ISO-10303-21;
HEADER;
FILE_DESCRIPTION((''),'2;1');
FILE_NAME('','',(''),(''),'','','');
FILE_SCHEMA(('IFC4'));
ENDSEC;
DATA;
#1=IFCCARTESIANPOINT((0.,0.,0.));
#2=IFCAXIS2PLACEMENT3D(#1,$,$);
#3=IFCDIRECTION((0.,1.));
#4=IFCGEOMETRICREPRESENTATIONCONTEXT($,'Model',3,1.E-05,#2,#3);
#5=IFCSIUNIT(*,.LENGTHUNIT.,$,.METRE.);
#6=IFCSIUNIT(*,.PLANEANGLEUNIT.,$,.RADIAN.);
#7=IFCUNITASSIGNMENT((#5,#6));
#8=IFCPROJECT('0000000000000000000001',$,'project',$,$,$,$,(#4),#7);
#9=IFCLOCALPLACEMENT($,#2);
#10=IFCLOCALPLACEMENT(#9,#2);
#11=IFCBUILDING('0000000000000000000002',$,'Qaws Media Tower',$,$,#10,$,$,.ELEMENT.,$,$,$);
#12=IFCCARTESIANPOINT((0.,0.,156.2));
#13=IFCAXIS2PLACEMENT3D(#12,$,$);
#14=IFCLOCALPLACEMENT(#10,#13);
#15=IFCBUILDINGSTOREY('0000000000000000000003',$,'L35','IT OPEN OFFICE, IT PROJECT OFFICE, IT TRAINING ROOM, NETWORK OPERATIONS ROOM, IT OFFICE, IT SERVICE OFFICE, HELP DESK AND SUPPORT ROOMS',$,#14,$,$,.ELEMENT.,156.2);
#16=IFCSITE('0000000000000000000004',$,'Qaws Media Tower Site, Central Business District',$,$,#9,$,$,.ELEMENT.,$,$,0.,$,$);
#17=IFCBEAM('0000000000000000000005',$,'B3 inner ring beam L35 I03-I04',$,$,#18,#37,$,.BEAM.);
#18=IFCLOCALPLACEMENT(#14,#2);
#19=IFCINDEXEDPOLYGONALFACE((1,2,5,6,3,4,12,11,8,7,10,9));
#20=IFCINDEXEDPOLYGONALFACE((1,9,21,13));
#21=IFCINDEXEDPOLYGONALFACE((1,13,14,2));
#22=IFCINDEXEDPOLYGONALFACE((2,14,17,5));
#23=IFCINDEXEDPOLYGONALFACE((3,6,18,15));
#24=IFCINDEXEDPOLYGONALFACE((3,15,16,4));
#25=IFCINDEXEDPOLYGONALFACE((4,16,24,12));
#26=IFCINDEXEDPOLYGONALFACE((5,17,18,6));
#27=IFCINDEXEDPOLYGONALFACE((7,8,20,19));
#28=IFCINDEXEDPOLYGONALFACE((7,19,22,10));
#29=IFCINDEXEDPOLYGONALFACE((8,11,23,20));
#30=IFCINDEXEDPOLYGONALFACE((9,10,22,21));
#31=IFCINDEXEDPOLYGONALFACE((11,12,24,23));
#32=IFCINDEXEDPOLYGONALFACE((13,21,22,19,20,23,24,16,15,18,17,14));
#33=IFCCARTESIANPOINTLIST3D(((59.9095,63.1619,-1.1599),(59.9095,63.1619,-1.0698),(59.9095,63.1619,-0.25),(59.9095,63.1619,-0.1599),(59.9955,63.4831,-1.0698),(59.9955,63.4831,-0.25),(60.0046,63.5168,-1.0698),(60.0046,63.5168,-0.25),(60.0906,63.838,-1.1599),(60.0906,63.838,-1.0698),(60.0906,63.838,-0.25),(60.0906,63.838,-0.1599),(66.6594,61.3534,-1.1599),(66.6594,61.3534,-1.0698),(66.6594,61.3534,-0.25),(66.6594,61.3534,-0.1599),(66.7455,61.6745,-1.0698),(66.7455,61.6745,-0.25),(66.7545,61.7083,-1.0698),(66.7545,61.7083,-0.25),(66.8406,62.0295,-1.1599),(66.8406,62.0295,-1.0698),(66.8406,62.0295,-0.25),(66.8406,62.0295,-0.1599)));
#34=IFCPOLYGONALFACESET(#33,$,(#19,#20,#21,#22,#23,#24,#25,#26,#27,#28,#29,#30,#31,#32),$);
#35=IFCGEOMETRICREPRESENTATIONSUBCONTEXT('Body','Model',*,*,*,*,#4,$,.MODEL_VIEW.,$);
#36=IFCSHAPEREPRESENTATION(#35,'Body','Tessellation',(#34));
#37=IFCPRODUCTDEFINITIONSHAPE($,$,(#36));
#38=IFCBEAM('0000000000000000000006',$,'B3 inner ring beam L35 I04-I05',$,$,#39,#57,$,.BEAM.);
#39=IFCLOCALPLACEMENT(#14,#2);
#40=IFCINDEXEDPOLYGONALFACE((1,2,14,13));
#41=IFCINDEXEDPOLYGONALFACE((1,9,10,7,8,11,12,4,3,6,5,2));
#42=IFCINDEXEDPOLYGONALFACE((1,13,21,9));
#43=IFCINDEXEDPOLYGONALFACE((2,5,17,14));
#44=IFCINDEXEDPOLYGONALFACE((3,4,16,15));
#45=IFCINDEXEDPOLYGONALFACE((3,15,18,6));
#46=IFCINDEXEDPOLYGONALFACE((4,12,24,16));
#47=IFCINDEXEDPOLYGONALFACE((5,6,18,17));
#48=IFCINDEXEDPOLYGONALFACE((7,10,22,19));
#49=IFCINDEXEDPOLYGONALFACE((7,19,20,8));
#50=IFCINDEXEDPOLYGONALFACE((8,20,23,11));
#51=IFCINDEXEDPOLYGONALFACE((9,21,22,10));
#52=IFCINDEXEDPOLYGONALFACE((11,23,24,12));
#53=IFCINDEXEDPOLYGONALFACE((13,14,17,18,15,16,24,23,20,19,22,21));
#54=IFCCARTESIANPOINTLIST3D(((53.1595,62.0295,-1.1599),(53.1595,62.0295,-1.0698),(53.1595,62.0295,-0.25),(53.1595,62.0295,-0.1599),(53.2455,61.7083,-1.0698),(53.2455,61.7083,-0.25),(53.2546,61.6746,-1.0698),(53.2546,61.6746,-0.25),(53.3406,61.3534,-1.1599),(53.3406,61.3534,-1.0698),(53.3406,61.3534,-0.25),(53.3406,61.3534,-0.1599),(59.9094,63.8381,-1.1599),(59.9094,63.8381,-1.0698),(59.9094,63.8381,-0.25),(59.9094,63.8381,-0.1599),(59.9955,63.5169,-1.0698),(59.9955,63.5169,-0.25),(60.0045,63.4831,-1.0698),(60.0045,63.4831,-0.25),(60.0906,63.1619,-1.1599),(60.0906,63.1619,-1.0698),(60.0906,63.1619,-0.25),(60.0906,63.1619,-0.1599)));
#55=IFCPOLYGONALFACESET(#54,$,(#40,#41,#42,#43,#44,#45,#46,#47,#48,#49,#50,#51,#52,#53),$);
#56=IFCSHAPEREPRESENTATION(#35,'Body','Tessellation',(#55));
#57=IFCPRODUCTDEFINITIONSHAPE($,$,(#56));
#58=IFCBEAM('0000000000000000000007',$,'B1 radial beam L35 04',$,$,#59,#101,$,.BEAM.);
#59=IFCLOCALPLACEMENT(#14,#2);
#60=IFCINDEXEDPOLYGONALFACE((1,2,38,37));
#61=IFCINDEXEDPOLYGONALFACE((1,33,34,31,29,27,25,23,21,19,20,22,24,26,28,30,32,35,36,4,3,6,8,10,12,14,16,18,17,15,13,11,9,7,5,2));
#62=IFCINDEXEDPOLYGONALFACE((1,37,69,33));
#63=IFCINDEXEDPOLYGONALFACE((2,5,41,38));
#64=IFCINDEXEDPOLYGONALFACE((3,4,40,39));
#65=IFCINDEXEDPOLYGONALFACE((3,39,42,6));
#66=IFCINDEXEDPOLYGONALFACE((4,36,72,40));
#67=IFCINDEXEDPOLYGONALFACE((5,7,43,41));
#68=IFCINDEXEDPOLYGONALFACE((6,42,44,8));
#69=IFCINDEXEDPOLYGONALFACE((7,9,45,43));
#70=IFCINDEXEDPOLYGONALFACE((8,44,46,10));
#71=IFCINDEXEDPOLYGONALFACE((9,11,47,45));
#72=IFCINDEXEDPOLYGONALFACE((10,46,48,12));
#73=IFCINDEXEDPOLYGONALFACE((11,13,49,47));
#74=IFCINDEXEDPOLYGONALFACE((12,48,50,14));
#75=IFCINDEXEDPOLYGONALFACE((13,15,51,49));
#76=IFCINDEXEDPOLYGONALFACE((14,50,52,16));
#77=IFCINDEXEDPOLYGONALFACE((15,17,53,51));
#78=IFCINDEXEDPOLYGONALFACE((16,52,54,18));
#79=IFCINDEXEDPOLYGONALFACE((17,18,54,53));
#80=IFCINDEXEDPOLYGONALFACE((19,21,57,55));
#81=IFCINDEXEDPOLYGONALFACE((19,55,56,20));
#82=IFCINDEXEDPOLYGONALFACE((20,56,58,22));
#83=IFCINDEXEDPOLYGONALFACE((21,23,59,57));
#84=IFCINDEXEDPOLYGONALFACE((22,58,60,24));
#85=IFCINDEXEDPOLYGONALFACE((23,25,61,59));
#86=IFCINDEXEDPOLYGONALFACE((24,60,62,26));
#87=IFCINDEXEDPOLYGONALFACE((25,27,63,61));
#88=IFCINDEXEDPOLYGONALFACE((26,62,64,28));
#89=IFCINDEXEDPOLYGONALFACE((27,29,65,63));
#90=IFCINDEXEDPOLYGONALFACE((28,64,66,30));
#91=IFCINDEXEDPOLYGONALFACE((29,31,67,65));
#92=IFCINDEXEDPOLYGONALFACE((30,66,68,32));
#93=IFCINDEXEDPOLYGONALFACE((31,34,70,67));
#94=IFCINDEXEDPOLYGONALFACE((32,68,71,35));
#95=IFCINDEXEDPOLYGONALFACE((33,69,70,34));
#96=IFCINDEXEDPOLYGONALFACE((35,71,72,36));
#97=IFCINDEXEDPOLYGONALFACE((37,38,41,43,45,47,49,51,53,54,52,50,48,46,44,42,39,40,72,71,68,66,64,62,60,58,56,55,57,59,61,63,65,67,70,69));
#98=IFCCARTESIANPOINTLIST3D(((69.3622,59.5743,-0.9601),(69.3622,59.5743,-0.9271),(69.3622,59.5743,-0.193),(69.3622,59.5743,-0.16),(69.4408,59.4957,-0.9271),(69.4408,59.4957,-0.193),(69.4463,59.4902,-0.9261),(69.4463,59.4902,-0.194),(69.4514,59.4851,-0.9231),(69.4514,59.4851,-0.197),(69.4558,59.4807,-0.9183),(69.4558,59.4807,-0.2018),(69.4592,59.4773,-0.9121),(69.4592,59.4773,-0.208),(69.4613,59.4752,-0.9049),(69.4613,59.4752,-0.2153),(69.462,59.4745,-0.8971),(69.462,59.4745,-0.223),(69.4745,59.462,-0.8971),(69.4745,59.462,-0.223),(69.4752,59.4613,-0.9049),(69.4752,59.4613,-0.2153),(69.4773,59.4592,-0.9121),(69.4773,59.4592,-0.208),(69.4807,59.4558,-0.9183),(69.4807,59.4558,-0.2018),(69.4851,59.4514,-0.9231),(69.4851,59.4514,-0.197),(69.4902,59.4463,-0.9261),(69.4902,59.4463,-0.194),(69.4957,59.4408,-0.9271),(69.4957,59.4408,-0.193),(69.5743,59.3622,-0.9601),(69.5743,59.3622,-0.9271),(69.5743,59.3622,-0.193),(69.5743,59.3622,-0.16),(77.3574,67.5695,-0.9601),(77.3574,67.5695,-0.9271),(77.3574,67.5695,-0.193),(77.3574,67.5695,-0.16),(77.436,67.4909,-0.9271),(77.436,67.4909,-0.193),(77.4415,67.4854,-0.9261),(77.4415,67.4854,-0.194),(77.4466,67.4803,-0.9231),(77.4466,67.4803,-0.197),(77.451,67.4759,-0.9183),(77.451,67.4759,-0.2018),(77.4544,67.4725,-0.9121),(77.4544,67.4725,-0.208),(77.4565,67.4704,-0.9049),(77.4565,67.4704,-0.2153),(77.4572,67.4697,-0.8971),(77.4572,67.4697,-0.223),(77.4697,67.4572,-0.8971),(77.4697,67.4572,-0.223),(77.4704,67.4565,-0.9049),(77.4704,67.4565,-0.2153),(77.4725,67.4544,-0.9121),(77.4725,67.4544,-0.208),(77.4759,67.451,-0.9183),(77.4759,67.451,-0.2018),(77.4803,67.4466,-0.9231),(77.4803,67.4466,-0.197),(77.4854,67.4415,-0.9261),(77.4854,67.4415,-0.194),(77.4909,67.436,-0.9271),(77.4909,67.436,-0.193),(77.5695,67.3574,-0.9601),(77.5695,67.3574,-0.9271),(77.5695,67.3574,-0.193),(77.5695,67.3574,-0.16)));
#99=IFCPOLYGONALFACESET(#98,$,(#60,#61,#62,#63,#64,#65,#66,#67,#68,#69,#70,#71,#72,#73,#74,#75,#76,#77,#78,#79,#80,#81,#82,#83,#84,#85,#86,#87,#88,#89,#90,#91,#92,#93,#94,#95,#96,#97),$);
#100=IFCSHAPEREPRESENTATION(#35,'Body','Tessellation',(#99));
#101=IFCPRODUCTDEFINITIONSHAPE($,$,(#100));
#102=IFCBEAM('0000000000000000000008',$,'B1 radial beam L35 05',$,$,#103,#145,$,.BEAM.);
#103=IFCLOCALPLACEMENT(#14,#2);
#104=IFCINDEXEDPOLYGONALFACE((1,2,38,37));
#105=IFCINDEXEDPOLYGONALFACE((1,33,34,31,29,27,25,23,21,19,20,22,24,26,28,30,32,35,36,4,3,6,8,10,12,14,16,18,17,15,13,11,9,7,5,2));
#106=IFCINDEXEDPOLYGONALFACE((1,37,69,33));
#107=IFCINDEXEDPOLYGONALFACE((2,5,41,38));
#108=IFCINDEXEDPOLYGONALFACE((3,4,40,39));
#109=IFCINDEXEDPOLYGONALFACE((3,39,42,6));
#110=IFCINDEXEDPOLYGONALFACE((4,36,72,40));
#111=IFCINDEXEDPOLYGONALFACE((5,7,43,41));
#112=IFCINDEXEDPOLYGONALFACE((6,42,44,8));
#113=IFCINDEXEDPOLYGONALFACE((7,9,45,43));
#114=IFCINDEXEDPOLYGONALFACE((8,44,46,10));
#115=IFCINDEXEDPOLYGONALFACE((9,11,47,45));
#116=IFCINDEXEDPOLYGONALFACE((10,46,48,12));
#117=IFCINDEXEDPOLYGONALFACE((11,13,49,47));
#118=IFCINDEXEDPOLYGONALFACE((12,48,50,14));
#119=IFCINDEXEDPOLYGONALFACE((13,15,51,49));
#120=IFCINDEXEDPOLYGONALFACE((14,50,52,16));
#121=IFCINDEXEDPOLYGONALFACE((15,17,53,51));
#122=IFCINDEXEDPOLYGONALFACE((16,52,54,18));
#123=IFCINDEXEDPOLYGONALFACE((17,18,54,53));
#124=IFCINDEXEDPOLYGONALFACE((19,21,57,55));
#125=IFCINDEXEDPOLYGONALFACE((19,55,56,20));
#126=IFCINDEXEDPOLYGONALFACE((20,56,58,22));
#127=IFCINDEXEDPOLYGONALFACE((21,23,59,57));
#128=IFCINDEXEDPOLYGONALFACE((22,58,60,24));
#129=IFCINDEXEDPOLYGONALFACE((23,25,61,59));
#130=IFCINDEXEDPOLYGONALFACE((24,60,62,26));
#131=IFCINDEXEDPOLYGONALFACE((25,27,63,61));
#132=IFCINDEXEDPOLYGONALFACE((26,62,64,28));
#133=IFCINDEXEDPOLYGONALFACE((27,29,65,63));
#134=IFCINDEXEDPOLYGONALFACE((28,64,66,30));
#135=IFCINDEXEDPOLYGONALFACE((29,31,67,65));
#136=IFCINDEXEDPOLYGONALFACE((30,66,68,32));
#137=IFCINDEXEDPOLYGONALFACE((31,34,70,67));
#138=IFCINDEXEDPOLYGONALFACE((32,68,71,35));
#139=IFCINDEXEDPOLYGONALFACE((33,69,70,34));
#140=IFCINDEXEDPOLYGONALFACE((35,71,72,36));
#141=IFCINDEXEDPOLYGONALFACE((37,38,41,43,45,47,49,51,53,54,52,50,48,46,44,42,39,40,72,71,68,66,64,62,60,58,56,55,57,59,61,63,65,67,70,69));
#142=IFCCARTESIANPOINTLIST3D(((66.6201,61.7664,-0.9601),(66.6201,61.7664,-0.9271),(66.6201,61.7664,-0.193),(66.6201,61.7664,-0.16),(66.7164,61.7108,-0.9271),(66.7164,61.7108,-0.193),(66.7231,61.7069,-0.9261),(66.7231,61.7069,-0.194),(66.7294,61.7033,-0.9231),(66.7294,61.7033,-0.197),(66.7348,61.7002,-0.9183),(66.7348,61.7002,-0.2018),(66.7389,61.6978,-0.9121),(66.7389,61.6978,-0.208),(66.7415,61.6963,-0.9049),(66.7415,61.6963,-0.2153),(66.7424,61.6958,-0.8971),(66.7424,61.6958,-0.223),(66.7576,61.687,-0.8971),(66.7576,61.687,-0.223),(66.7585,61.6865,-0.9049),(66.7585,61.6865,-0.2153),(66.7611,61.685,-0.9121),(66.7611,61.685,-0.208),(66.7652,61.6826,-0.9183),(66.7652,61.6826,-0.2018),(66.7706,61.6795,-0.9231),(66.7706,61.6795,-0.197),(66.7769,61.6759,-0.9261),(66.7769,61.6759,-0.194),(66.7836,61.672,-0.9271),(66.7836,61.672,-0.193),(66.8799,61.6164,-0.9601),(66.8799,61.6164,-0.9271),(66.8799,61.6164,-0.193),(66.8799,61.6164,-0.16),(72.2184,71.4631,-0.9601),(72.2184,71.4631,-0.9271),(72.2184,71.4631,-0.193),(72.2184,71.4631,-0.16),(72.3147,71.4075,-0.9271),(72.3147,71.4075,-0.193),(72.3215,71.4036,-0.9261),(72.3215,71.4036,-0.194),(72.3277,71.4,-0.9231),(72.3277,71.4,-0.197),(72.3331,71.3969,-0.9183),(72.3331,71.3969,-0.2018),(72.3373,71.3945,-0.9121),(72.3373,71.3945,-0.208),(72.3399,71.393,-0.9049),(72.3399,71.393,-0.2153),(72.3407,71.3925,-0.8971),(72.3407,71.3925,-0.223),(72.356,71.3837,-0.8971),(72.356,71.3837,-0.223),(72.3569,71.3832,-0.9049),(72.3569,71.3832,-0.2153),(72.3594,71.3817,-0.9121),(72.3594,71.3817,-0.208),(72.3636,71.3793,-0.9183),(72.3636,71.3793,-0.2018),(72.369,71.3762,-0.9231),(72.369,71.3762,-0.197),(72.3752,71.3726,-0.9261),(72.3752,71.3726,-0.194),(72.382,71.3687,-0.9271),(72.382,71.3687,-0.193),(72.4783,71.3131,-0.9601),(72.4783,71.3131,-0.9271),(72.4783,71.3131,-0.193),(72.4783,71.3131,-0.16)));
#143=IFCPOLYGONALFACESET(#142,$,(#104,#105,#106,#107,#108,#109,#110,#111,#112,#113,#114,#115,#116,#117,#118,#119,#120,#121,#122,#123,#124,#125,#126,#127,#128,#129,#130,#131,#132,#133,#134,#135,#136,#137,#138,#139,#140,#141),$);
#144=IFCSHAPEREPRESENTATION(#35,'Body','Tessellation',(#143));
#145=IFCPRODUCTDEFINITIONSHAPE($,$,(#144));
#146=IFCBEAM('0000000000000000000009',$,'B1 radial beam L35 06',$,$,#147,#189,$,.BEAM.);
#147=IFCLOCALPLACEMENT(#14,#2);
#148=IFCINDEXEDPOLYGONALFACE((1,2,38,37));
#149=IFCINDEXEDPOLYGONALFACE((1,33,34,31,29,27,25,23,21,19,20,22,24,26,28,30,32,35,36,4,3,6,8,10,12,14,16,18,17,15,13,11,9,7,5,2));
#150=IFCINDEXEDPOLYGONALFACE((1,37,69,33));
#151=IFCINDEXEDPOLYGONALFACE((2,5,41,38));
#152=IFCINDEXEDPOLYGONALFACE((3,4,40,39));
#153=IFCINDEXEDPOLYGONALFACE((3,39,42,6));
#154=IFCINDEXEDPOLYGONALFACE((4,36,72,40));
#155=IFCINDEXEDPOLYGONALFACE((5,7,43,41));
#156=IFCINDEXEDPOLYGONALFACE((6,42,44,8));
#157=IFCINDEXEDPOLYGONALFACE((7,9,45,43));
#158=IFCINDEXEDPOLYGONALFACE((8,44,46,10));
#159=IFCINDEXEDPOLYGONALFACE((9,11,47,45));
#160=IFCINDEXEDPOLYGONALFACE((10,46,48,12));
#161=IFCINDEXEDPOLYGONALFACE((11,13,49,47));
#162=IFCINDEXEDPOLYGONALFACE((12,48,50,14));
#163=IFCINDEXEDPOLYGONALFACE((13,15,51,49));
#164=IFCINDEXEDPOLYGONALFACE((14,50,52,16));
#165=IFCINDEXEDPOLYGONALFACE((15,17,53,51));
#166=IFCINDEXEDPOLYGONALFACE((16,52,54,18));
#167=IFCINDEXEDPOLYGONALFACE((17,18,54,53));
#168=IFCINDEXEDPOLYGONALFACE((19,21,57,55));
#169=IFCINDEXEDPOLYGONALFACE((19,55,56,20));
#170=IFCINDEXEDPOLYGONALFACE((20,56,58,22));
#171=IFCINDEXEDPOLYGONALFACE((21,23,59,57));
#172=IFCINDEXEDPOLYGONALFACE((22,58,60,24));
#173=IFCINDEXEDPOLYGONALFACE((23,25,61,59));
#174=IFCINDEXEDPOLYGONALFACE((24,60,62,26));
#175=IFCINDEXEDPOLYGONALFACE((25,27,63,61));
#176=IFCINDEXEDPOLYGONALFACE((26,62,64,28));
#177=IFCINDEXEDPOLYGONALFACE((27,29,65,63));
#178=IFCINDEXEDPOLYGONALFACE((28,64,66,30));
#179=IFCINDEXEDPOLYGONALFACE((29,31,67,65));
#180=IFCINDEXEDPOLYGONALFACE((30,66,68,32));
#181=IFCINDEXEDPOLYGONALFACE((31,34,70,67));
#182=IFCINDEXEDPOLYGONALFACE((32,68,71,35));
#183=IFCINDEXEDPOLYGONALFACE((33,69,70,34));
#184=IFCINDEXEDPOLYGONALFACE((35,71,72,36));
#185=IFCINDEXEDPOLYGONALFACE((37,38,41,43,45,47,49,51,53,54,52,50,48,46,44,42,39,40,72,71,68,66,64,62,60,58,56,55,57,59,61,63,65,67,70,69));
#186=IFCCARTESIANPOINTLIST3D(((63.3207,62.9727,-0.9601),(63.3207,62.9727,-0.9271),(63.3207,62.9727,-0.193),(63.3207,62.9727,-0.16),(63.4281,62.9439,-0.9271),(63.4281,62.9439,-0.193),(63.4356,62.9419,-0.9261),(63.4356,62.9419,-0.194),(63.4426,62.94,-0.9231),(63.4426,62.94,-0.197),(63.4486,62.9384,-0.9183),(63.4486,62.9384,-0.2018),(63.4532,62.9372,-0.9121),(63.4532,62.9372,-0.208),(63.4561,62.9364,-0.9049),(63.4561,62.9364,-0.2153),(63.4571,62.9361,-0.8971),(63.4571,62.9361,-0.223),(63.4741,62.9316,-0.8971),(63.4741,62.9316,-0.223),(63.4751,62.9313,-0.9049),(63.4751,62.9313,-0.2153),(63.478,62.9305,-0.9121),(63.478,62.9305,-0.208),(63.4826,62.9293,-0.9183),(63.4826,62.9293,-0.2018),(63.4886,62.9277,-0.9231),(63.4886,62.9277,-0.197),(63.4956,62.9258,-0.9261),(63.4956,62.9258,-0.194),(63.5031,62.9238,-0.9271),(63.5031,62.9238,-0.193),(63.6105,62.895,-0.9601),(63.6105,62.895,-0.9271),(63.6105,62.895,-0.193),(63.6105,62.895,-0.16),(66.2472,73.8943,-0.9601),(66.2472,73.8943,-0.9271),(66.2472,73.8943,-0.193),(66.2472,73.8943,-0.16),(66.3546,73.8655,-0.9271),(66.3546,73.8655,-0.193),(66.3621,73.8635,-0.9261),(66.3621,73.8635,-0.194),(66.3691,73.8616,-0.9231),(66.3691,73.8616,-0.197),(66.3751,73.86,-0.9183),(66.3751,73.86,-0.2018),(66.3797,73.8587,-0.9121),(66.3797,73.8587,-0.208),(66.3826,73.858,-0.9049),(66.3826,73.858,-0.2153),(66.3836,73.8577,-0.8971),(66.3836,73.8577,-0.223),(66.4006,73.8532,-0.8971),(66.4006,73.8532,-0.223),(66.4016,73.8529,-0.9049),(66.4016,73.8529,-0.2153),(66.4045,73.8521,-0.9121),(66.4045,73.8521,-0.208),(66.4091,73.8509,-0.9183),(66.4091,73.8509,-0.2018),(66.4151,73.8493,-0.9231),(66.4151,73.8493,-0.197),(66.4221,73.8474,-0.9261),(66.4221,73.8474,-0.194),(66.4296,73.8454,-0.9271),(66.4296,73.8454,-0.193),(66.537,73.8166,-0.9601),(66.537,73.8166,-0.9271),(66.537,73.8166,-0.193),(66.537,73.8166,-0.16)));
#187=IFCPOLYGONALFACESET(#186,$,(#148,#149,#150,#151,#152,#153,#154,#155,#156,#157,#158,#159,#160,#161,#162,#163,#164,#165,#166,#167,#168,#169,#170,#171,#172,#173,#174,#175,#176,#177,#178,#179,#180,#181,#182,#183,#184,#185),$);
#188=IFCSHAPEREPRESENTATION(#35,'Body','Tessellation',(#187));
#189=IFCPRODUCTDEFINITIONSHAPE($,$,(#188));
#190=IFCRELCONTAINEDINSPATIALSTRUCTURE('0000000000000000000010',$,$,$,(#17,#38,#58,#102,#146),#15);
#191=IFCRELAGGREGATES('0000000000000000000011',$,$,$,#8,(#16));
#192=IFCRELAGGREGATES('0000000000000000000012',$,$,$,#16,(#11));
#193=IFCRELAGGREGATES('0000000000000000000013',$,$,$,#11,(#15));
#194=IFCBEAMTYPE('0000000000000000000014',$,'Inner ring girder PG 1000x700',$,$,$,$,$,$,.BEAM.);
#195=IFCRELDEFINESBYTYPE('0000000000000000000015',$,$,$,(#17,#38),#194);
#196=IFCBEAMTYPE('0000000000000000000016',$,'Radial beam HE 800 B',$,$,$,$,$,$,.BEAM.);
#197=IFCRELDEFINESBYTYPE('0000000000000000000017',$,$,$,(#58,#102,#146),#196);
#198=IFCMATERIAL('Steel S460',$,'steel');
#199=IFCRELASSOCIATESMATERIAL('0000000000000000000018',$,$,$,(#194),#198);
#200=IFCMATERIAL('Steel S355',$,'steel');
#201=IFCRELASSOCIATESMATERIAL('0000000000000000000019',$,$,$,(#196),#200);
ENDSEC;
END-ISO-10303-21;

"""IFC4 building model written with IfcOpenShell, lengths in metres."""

from ifc_helpers import new_model, si_unit, direction, frame, origin, origin_2d, place, context, subcontext, project, spatial, i_section, extrude, material, material_profile, profile_set, type_object, element, save


model = new_model("IFC4")

# Units and contexts
model_context = context("Model", 3, precision=1e-05, world=origin(), true_north=direction((0.0, 1.0)))
body_context = subcontext(model_context, "Body", "Model", "MODEL_VIEW")
ifc_project = project(units=[si_unit("LENGTHUNIT", "METRE"), si_unit("PLANEANGLEUNIT", "RADIAN")], contexts=[model_context])

# Site, building, storey
site_placement = place(None, origin())
site = spatial("IfcSite", under=ifc_project, at=site_placement, Name="Qaws Media Tower Site, Central Business District", CompositionType="ELEMENT", RefElevation=0.0)
building_placement = place(site_placement, origin())
building = spatial("IfcBuilding", under=site, at=building_placement, Name="Qaws Media Tower", CompositionType="ELEMENT")
storey_placement = place(building_placement, frame((0.0, 0.0, 156.2)))
storey = spatial("IfcBuildingStorey", under=building, at=storey_placement, Name="L35", Description="IT OPEN OFFICE, IT PROJECT OFFICE, IT TRAINING ROOM, NETWORK OPERATIONS ROOM, IT OFFICE, IT SERVICE OFFICE, HELP DESK AND SUPPORT ROOMS", CompositionType="ELEMENT", Elevation=156.2)

# Beams
ifc_material_1 = material(Name="Steel S460", Category="steel")
ifc_material_profile_1 = material_profile(ifc_material_1, i_section(OverallWidth=0.7, OverallDepth=1.0, WebThickness=0.0349, FlangeThickness=0.0901, at=origin_2d()), Name="PG 1000x700")
ifc_profile_set_1 = profile_set([ifc_material_profile_1], Name="Steel S460")
beam_type_1 = type_object("IfcBeamType", Name="Inner ring girder PG 1000x700", PredefinedType="BEAM", material=ifc_profile_set_1)
for number, where, z_axis, x_axis, name in (
    (1, (66.75, 61.6914, -0.6599), (-0.965928, 0.258811, 0.0), (-0.258811, -0.965928, 0.0), "B3 inner ring beam L35 I03-I04"),
    (2, (60.0, 63.5, -0.6599), (-0.965928, -0.258811, 0.0), (0.258811, -0.965928, 0.0), "B3 inner ring beam L35 I04-I05"),
):
    element("IfcBeam", number, at=place(storey_placement, frame(where, z_axis=z_axis, x_axis=x_axis)), inside=storey, type_object=beam_type_1, Name=name, PredefinedType="BEAM", context=body_context, shape_type="SweptSolid", body=[
        extrude(i_section(OverallWidth=0.7, OverallDepth=1.0, WebThickness=0.0349, FlangeThickness=0.0901, at=origin_2d()), origin(), (0.0, 0.0, 1.0), 6.988),
    ])
ifc_material_2 = material(Name="Steel S355", Category="steel")
ifc_material_profile_2 = material_profile(ifc_material_2, i_section(OverallWidth=0.3, OverallDepth=0.8, WebThickness=0.0176, FlangeThickness=0.033, FilletRadius=0.03, at=origin_2d()), Name="HE 800 B")
ifc_profile_set_2 = profile_set([ifc_material_profile_2], Name="Steel S355")
beam_type_2 = type_object("IfcBeamType", Name="Radial beam HE 800 B", PredefinedType="BEAM", material=ifc_profile_set_2)
beam_1_placement = place(storey_placement, frame((69.4683, 59.4683, -0.5601), z_axis=(0.707107, 0.707107, 0.0), x_axis=(-0.707107, 0.707107, 0.0)))
element("IfcBeam", 3, at=beam_1_placement, inside=storey, type_object=beam_type_2, Name="B1 radial beam L35 04", PredefinedType="BEAM", context=body_context, shape_type="SweptSolid", body=[
    extrude(i_section(OverallWidth=0.3, OverallDepth=0.8, WebThickness=0.0176, FlangeThickness=0.033, FilletRadius=0.03, at=origin_2d()), origin(), (0.0, 0.0, 1.0), 11.3069),
])
beam_2_placement = place(storey_placement, frame((66.75, 61.6914, -0.5601), z_axis=(0.499997, 0.866027, 0.0), x_axis=(-0.866027, 0.499997, 0.0)))
element("IfcBeam", 4, at=beam_2_placement, inside=storey, type_object=beam_type_2, Name="B1 radial beam L35 05", PredefinedType="BEAM", context=body_context, shape_type="SweptSolid", body=[
    extrude(i_section(OverallWidth=0.3, OverallDepth=0.8, WebThickness=0.0176, FlangeThickness=0.033, FilletRadius=0.03, at=origin_2d()), origin(), (0.0, 0.0, 1.0), 11.1968),
])
beam_3_placement = place(storey_placement, frame((63.4656, 62.9338, -0.5601), z_axis=(0.258825, 0.965924, 0.0), x_axis=(-0.965924, 0.258825, 0.0)))
element("IfcBeam", 5, at=beam_3_placement, inside=storey, type_object=beam_type_2, Name="B1 radial beam L35 06", PredefinedType="BEAM", context=body_context, shape_type="SweptSolid", body=[
    extrude(i_section(OverallWidth=0.3, OverallDepth=0.8, WebThickness=0.0176, FlangeThickness=0.033, FilletRadius=0.03, at=origin_2d()), origin(), (0.0, 0.0, 1.0), 11.3069),
])

save(model, "model.ifc")
